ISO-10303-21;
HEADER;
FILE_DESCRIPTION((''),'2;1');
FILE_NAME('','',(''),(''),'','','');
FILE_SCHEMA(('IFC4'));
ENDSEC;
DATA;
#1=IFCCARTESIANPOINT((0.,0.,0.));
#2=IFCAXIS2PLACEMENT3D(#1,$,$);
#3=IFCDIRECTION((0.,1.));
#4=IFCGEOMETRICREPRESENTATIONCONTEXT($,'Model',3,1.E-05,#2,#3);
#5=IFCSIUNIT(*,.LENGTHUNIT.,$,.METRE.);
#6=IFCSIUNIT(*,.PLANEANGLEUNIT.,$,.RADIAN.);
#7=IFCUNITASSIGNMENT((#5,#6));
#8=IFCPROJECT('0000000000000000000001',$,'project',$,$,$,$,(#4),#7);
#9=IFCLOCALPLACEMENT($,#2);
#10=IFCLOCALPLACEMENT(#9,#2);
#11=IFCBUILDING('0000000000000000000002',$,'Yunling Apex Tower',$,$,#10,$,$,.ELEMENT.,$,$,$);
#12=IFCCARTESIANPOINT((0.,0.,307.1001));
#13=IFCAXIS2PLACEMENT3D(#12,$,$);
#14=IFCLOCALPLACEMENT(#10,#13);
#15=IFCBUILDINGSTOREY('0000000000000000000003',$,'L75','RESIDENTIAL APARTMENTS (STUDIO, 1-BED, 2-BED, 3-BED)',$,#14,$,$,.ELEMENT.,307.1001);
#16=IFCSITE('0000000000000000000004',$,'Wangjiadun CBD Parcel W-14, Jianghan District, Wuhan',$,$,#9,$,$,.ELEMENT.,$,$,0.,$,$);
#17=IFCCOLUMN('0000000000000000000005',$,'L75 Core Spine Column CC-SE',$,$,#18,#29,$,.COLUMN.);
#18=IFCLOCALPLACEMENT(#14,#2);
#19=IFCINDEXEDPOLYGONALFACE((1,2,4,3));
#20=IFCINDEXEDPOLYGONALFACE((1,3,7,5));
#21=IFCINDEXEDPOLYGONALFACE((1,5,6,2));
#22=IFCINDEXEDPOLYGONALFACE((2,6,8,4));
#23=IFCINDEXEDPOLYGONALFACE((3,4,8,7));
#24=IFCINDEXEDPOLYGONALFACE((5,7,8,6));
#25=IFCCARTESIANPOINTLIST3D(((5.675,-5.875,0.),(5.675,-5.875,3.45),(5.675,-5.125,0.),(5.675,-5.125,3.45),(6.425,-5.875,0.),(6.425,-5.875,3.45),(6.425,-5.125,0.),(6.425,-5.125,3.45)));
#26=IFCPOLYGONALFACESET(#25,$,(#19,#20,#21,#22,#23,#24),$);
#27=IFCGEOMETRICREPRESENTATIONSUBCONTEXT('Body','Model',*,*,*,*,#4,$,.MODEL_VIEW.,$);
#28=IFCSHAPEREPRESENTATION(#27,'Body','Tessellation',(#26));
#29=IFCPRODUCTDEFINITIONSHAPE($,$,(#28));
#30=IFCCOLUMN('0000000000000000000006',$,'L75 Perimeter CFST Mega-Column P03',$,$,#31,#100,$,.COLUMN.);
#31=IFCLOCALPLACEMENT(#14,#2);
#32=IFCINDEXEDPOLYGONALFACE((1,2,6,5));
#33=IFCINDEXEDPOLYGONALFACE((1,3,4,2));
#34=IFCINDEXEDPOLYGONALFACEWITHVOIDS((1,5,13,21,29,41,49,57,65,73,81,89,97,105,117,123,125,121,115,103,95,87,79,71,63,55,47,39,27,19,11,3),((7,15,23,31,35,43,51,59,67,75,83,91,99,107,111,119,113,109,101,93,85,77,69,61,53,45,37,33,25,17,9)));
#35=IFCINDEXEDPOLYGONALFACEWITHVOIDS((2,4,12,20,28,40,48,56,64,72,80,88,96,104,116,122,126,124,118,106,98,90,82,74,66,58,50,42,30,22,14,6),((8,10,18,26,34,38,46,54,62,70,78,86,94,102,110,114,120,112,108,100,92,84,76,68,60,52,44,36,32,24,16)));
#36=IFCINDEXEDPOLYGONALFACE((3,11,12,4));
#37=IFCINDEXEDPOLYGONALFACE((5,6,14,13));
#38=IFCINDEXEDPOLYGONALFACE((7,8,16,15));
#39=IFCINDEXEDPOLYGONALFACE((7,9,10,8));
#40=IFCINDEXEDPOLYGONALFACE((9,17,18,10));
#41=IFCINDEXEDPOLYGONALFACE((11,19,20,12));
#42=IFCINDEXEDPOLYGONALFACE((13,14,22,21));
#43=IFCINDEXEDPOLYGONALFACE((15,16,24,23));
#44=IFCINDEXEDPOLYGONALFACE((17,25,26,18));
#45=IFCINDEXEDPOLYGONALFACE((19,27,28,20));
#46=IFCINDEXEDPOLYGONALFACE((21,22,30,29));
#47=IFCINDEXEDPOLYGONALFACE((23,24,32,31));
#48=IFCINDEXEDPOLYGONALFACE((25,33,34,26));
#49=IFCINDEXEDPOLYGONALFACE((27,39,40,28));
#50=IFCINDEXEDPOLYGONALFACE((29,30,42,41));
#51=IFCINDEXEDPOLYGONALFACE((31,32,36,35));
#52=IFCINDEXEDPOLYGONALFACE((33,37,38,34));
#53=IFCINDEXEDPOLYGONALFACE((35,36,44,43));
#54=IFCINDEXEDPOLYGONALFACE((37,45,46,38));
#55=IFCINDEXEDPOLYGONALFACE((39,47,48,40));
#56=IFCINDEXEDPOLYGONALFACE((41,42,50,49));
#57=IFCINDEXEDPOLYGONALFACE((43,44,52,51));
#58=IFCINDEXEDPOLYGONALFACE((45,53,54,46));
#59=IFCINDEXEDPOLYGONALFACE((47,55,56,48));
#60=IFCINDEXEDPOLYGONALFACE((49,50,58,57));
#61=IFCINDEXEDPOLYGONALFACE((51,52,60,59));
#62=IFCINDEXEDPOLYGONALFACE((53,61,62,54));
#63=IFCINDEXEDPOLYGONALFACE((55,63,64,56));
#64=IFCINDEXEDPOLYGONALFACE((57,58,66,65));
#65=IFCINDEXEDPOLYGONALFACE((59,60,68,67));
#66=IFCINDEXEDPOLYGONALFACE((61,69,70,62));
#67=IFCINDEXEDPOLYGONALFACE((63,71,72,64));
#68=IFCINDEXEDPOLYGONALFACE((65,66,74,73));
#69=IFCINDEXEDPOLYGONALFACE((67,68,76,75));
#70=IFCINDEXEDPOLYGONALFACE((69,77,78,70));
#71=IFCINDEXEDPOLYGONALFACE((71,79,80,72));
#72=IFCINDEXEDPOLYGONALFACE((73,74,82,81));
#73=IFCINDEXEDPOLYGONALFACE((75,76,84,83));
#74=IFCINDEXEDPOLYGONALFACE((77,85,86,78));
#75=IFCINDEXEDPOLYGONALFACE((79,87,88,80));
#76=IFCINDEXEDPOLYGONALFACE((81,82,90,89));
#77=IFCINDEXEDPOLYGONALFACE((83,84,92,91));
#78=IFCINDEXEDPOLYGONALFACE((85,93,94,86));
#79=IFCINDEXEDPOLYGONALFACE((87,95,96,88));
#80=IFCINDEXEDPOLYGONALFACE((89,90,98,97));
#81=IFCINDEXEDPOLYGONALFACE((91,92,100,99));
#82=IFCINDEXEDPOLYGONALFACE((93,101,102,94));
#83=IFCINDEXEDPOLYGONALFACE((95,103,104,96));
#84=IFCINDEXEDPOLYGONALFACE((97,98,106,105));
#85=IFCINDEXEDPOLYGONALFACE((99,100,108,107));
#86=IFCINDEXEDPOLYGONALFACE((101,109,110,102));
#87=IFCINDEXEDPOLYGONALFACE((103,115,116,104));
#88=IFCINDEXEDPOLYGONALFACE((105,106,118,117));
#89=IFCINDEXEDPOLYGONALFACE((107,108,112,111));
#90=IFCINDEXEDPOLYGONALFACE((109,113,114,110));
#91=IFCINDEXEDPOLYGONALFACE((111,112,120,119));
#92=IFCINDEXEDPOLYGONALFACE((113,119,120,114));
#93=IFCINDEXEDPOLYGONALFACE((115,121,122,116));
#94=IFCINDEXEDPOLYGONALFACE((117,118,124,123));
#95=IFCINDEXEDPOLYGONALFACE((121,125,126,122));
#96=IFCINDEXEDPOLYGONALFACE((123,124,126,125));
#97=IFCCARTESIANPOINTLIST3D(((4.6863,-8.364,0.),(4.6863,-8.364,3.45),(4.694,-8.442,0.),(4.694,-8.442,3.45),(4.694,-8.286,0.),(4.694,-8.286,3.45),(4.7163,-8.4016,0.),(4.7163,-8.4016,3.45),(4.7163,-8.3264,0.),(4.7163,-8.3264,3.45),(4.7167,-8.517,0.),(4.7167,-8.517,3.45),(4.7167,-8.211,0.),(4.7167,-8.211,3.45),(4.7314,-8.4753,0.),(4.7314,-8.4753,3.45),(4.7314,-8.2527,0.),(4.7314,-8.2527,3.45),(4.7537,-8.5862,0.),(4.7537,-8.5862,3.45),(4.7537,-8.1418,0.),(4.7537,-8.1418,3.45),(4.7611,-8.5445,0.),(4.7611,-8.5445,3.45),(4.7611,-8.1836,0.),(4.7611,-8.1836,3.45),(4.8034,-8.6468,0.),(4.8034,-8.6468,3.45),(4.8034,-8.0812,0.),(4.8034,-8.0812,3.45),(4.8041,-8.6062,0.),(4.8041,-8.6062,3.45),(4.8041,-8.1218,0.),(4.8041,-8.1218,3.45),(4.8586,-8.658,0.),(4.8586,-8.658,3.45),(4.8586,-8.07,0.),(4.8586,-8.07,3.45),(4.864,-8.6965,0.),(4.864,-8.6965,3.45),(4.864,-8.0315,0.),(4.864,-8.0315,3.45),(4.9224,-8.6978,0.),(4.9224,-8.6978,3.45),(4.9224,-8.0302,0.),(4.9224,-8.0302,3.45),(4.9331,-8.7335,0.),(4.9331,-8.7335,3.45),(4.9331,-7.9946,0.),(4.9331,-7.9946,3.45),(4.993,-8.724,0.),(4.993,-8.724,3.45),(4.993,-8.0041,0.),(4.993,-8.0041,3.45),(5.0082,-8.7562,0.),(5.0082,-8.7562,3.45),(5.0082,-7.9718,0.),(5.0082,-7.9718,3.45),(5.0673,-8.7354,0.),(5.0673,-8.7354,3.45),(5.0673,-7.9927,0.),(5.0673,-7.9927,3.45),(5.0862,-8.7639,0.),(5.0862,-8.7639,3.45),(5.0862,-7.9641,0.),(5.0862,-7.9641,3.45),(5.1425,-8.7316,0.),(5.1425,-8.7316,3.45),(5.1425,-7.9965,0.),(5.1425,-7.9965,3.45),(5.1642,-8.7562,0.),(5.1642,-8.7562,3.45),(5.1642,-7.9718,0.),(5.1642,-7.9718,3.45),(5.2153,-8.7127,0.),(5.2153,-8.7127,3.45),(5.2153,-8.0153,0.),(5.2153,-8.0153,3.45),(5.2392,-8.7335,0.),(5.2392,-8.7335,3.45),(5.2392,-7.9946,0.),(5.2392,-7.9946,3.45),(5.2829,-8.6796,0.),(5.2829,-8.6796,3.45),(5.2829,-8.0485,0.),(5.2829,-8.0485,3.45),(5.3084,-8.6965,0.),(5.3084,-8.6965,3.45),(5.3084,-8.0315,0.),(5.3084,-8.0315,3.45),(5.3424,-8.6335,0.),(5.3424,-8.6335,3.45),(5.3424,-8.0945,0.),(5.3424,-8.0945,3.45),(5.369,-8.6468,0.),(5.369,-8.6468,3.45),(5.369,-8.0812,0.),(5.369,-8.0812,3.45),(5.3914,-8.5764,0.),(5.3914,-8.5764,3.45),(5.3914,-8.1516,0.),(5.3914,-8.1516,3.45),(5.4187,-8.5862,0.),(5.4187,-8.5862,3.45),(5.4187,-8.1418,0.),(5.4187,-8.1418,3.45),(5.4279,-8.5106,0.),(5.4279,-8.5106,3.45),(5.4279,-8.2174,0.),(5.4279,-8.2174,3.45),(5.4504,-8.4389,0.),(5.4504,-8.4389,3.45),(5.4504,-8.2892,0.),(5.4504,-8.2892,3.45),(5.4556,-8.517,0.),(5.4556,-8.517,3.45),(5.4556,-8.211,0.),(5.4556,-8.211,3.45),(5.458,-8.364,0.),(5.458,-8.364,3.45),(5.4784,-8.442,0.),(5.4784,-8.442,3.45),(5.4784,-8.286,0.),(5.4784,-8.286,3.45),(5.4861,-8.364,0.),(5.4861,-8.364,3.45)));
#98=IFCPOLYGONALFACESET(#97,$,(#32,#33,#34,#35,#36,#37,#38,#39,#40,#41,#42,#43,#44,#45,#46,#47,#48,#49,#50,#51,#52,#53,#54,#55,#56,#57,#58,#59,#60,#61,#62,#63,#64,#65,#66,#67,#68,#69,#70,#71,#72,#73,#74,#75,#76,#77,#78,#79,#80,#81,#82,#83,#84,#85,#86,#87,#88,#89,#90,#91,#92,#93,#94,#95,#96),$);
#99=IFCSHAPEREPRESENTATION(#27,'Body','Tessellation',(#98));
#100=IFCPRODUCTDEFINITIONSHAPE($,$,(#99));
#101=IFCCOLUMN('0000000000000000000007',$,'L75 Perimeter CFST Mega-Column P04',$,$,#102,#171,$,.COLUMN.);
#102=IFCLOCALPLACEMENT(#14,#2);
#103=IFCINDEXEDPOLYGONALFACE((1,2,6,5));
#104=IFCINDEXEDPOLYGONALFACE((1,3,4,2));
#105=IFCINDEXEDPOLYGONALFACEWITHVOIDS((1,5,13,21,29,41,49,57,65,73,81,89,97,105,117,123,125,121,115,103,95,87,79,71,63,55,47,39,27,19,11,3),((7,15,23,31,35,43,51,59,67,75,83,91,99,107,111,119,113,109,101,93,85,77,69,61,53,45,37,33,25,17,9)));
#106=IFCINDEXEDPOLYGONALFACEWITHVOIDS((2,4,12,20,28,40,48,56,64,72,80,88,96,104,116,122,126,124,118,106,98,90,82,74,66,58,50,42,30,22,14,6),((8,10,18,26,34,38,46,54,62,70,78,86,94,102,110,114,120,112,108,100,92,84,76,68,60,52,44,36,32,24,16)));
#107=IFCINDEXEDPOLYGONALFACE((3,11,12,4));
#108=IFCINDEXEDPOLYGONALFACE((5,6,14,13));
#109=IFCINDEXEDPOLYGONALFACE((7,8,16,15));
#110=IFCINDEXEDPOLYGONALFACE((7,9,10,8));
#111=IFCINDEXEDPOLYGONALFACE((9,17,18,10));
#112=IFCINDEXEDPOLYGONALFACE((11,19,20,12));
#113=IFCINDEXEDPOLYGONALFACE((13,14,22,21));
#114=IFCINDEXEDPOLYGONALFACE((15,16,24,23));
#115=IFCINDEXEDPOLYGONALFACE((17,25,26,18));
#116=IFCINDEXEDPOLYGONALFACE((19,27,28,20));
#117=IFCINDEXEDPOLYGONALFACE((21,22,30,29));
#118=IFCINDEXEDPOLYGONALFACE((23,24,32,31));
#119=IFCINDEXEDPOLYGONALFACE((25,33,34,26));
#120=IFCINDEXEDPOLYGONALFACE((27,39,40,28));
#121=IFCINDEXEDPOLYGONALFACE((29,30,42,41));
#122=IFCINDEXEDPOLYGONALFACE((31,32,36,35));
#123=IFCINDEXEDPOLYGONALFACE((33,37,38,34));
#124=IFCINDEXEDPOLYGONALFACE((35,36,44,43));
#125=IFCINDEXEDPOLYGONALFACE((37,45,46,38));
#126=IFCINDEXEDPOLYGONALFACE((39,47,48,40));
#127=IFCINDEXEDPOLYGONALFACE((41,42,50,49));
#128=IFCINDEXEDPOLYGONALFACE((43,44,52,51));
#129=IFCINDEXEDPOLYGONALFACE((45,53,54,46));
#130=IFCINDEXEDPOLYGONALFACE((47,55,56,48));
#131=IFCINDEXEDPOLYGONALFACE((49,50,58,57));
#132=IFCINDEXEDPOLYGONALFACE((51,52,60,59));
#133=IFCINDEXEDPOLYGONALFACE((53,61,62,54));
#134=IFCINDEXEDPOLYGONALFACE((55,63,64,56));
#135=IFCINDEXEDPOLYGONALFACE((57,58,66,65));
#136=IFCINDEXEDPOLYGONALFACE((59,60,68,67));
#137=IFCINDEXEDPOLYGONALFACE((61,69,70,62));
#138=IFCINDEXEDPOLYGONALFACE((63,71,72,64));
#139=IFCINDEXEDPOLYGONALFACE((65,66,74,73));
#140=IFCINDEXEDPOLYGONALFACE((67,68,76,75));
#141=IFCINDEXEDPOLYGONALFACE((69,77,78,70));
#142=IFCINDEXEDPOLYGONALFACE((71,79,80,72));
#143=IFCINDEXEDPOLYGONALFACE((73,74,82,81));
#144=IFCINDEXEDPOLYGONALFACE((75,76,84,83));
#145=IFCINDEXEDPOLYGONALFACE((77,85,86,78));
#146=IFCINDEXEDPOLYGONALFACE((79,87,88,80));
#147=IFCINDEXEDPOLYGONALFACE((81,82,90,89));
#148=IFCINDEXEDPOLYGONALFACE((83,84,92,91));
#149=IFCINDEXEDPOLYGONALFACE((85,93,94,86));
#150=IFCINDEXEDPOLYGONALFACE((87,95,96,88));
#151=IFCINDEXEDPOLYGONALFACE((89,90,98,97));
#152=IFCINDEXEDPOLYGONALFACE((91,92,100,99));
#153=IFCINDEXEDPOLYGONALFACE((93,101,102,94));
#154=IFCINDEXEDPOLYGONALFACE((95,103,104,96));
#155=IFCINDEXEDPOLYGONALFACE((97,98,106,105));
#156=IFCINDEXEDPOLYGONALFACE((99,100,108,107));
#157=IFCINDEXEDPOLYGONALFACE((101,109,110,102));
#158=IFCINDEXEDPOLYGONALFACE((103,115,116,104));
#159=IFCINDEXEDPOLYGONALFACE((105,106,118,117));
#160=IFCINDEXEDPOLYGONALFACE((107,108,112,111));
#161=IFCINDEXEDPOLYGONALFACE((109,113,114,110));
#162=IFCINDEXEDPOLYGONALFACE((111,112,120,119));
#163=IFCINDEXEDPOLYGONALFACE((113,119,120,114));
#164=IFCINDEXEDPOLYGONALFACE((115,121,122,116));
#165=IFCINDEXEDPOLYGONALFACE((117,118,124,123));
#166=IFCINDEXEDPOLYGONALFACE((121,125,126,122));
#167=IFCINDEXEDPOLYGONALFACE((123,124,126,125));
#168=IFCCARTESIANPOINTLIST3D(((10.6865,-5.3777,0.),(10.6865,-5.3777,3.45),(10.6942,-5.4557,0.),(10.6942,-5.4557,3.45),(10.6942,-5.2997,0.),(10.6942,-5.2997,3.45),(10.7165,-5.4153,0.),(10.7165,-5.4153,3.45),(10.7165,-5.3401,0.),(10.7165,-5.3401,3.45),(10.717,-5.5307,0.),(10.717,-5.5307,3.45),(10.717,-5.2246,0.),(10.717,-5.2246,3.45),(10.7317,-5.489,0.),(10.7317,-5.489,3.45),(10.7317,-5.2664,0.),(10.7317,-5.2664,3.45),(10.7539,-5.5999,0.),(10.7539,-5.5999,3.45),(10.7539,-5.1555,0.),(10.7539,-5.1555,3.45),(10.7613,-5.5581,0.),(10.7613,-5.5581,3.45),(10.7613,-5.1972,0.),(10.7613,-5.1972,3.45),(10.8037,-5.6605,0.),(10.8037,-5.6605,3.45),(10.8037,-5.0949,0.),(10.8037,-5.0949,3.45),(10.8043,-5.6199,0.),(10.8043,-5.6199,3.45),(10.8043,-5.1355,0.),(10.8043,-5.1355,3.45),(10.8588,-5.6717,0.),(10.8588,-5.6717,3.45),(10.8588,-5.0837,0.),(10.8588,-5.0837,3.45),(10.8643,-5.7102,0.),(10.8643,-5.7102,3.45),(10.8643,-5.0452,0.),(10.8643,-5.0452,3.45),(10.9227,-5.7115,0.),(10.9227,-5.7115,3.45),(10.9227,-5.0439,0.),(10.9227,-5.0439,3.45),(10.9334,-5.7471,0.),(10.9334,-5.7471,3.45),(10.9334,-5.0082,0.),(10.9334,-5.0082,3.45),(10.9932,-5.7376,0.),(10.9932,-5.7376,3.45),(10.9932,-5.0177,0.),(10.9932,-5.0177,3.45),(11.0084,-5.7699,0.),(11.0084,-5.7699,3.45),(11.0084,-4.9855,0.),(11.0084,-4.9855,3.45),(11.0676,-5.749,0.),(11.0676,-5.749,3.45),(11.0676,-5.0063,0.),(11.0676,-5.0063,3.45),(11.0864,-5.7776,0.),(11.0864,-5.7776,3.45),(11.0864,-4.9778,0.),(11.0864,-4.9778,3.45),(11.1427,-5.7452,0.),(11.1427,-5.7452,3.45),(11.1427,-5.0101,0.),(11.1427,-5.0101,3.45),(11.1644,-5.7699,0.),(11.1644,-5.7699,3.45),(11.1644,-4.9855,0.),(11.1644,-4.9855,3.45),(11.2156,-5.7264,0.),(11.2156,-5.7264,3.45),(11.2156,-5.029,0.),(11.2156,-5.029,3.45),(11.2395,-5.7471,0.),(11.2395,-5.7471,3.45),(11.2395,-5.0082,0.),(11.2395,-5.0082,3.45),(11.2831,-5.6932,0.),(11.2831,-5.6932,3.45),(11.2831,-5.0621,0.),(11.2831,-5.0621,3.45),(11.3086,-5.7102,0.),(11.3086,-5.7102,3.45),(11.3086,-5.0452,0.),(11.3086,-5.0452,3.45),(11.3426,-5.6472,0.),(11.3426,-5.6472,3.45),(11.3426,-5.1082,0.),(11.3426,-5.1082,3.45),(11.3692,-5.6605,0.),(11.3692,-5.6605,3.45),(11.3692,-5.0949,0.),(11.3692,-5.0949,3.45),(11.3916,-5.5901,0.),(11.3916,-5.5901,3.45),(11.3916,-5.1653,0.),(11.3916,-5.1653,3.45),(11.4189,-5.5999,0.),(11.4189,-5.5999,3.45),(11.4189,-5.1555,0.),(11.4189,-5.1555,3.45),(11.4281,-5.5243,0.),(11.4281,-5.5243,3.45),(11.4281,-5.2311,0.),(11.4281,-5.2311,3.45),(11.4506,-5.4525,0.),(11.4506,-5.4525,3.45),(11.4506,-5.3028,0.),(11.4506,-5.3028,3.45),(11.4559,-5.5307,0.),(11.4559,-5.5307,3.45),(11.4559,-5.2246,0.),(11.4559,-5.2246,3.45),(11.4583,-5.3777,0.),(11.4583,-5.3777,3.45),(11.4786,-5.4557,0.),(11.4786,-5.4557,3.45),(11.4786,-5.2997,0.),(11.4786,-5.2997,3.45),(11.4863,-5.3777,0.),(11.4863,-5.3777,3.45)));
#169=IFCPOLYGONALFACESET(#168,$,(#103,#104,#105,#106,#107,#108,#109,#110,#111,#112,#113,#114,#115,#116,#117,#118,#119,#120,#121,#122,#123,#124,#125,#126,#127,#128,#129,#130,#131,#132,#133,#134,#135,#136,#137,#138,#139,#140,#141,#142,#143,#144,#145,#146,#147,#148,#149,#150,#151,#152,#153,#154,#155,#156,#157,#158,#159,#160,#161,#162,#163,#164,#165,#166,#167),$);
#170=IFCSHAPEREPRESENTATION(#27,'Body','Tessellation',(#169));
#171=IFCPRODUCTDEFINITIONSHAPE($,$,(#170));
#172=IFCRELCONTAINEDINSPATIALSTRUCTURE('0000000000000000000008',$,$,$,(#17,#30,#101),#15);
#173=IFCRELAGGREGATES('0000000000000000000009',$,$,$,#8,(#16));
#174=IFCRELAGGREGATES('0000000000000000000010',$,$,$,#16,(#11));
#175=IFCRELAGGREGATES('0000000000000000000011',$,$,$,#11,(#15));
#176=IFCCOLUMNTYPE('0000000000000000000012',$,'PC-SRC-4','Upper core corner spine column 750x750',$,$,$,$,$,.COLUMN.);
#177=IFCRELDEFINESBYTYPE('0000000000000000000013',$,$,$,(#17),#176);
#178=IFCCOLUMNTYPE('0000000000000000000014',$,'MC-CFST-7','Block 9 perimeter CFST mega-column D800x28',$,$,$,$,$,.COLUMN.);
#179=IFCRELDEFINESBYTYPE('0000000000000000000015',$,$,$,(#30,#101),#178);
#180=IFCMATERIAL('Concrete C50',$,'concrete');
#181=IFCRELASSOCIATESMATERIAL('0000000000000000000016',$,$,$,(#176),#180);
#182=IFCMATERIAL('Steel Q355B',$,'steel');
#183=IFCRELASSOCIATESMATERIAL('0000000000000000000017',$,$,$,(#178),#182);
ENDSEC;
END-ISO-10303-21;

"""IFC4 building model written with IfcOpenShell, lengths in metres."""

from ifc_helpers import new_model, si_unit, direction, frame, origin, origin_2d, place, context, subcontext, project, spatial, rectangle, hollow_circle, extrude, source, transform, mapped, material, material_profile, profile_set, type_object, element, save


model = new_model("IFC4")

# Units and contexts
model_context = context("Model", 3, precision=1e-05, world=origin(), true_north=direction((0.0, 1.0)))
body_context = subcontext(model_context, "Body", "Model", "MODEL_VIEW")
ifc_project = project(units=[si_unit("LENGTHUNIT", "METRE"), si_unit("PLANEANGLEUNIT", "RADIAN")], contexts=[model_context])

# Site, building, storey
site_placement = place(None, origin())
site = spatial("IfcSite", under=ifc_project, at=site_placement, Name="Wangjiadun CBD Parcel W-14, Jianghan District, Wuhan", CompositionType="ELEMENT", RefElevation=0.0)
building_placement = place(site_placement, origin())
building = spatial("IfcBuilding", under=site, at=building_placement, Name="Yunling Apex Tower", CompositionType="ELEMENT")
storey_placement = place(building_placement, frame((0.0, 0.0, 307.1001)))
storey = spatial("IfcBuildingStorey", under=building, at=storey_placement, Name="L75", Description="RESIDENTIAL APARTMENTS (STUDIO, 1-BED, 2-BED, 3-BED)", CompositionType="ELEMENT", Elevation=307.1001)

# Columns
ifc_material_1 = material(Name="Concrete C50", Category="concrete")
ifc_material_profile_1 = material_profile(ifc_material_1, rectangle(XDim=0.75, YDim=0.75, at=origin_2d()))
ifc_profile_set_1 = profile_set([ifc_material_profile_1], Name="Concrete C50")
column_type_1 = type_object("IfcColumnType", Name="PC-SRC-4", Description="Upper core corner spine column 750x750", PredefinedType="COLUMN", material=ifc_profile_set_1)
shared_shape_1 = source(origin(), body_context, "Body", "SweptSolid", [
    extrude(rectangle(XDim=0.75, YDim=0.75, at=origin_2d()), origin(), (0.0, 0.0, 1.0), 3.45),
])
column_placement = place(storey_placement, frame((6.05, -5.5, 0.0), z_axis=(0.0, 0.0, 1.0), x_axis=(1.0, 0.0, 0.0)))
element("IfcColumn", 1, at=column_placement, inside=storey, type_object=column_type_1, Name="L75 Core Spine Column CC-SE", PredefinedType="COLUMN", context=body_context, shape_type="MappedRepresentation", body=[
    mapped(shared_shape_1, transform((0.0, 0.0, 0.0), scale=1.0)),
])
ifc_material_2 = material(Name="Steel Q355B", Category="steel")
ifc_material_profile_2 = material_profile(ifc_material_2, hollow_circle(Radius=0.3999, WallThickness=0.0281, at=origin_2d()))
ifc_profile_set_2 = profile_set([ifc_material_profile_2], Name="Steel Q355B")
column_type_2 = type_object("IfcColumnType", Name="MC-CFST-7", Description="Block 9 perimeter CFST mega-column D800x28", PredefinedType="COLUMN", material=ifc_profile_set_2)
shared_shape_2 = source(origin(), body_context, "Body", "SweptSolid", [
    extrude(hollow_circle(Radius=0.3999, WallThickness=0.0281, at=origin_2d()), origin(), (0.0, 0.0, 1.0), 3.45),
])
for number, where, z_axis, x_axis, name in (
    (2, (5.0862, -8.364, 0.0), (0.0, 0.0, 1.0), (1.0, 0.0, 0.0), "L75 Perimeter CFST Mega-Column P03"),
    (3, (11.0864, -5.3777, 0.0), (0.0, 0.0, 1.0), (1.0, 0.0, 0.0), "L75 Perimeter CFST Mega-Column P04"),
):
    element("IfcColumn", number, at=place(storey_placement, frame(where, z_axis=z_axis, x_axis=x_axis)), inside=storey, type_object=column_type_2, Name=name, PredefinedType="COLUMN", context=body_context, shape_type="MappedRepresentation", body=[
        mapped(shared_shape_2, transform((0.0, 0.0, 0.0), scale=1.0)),
    ])

save(model, "model.ifc")
